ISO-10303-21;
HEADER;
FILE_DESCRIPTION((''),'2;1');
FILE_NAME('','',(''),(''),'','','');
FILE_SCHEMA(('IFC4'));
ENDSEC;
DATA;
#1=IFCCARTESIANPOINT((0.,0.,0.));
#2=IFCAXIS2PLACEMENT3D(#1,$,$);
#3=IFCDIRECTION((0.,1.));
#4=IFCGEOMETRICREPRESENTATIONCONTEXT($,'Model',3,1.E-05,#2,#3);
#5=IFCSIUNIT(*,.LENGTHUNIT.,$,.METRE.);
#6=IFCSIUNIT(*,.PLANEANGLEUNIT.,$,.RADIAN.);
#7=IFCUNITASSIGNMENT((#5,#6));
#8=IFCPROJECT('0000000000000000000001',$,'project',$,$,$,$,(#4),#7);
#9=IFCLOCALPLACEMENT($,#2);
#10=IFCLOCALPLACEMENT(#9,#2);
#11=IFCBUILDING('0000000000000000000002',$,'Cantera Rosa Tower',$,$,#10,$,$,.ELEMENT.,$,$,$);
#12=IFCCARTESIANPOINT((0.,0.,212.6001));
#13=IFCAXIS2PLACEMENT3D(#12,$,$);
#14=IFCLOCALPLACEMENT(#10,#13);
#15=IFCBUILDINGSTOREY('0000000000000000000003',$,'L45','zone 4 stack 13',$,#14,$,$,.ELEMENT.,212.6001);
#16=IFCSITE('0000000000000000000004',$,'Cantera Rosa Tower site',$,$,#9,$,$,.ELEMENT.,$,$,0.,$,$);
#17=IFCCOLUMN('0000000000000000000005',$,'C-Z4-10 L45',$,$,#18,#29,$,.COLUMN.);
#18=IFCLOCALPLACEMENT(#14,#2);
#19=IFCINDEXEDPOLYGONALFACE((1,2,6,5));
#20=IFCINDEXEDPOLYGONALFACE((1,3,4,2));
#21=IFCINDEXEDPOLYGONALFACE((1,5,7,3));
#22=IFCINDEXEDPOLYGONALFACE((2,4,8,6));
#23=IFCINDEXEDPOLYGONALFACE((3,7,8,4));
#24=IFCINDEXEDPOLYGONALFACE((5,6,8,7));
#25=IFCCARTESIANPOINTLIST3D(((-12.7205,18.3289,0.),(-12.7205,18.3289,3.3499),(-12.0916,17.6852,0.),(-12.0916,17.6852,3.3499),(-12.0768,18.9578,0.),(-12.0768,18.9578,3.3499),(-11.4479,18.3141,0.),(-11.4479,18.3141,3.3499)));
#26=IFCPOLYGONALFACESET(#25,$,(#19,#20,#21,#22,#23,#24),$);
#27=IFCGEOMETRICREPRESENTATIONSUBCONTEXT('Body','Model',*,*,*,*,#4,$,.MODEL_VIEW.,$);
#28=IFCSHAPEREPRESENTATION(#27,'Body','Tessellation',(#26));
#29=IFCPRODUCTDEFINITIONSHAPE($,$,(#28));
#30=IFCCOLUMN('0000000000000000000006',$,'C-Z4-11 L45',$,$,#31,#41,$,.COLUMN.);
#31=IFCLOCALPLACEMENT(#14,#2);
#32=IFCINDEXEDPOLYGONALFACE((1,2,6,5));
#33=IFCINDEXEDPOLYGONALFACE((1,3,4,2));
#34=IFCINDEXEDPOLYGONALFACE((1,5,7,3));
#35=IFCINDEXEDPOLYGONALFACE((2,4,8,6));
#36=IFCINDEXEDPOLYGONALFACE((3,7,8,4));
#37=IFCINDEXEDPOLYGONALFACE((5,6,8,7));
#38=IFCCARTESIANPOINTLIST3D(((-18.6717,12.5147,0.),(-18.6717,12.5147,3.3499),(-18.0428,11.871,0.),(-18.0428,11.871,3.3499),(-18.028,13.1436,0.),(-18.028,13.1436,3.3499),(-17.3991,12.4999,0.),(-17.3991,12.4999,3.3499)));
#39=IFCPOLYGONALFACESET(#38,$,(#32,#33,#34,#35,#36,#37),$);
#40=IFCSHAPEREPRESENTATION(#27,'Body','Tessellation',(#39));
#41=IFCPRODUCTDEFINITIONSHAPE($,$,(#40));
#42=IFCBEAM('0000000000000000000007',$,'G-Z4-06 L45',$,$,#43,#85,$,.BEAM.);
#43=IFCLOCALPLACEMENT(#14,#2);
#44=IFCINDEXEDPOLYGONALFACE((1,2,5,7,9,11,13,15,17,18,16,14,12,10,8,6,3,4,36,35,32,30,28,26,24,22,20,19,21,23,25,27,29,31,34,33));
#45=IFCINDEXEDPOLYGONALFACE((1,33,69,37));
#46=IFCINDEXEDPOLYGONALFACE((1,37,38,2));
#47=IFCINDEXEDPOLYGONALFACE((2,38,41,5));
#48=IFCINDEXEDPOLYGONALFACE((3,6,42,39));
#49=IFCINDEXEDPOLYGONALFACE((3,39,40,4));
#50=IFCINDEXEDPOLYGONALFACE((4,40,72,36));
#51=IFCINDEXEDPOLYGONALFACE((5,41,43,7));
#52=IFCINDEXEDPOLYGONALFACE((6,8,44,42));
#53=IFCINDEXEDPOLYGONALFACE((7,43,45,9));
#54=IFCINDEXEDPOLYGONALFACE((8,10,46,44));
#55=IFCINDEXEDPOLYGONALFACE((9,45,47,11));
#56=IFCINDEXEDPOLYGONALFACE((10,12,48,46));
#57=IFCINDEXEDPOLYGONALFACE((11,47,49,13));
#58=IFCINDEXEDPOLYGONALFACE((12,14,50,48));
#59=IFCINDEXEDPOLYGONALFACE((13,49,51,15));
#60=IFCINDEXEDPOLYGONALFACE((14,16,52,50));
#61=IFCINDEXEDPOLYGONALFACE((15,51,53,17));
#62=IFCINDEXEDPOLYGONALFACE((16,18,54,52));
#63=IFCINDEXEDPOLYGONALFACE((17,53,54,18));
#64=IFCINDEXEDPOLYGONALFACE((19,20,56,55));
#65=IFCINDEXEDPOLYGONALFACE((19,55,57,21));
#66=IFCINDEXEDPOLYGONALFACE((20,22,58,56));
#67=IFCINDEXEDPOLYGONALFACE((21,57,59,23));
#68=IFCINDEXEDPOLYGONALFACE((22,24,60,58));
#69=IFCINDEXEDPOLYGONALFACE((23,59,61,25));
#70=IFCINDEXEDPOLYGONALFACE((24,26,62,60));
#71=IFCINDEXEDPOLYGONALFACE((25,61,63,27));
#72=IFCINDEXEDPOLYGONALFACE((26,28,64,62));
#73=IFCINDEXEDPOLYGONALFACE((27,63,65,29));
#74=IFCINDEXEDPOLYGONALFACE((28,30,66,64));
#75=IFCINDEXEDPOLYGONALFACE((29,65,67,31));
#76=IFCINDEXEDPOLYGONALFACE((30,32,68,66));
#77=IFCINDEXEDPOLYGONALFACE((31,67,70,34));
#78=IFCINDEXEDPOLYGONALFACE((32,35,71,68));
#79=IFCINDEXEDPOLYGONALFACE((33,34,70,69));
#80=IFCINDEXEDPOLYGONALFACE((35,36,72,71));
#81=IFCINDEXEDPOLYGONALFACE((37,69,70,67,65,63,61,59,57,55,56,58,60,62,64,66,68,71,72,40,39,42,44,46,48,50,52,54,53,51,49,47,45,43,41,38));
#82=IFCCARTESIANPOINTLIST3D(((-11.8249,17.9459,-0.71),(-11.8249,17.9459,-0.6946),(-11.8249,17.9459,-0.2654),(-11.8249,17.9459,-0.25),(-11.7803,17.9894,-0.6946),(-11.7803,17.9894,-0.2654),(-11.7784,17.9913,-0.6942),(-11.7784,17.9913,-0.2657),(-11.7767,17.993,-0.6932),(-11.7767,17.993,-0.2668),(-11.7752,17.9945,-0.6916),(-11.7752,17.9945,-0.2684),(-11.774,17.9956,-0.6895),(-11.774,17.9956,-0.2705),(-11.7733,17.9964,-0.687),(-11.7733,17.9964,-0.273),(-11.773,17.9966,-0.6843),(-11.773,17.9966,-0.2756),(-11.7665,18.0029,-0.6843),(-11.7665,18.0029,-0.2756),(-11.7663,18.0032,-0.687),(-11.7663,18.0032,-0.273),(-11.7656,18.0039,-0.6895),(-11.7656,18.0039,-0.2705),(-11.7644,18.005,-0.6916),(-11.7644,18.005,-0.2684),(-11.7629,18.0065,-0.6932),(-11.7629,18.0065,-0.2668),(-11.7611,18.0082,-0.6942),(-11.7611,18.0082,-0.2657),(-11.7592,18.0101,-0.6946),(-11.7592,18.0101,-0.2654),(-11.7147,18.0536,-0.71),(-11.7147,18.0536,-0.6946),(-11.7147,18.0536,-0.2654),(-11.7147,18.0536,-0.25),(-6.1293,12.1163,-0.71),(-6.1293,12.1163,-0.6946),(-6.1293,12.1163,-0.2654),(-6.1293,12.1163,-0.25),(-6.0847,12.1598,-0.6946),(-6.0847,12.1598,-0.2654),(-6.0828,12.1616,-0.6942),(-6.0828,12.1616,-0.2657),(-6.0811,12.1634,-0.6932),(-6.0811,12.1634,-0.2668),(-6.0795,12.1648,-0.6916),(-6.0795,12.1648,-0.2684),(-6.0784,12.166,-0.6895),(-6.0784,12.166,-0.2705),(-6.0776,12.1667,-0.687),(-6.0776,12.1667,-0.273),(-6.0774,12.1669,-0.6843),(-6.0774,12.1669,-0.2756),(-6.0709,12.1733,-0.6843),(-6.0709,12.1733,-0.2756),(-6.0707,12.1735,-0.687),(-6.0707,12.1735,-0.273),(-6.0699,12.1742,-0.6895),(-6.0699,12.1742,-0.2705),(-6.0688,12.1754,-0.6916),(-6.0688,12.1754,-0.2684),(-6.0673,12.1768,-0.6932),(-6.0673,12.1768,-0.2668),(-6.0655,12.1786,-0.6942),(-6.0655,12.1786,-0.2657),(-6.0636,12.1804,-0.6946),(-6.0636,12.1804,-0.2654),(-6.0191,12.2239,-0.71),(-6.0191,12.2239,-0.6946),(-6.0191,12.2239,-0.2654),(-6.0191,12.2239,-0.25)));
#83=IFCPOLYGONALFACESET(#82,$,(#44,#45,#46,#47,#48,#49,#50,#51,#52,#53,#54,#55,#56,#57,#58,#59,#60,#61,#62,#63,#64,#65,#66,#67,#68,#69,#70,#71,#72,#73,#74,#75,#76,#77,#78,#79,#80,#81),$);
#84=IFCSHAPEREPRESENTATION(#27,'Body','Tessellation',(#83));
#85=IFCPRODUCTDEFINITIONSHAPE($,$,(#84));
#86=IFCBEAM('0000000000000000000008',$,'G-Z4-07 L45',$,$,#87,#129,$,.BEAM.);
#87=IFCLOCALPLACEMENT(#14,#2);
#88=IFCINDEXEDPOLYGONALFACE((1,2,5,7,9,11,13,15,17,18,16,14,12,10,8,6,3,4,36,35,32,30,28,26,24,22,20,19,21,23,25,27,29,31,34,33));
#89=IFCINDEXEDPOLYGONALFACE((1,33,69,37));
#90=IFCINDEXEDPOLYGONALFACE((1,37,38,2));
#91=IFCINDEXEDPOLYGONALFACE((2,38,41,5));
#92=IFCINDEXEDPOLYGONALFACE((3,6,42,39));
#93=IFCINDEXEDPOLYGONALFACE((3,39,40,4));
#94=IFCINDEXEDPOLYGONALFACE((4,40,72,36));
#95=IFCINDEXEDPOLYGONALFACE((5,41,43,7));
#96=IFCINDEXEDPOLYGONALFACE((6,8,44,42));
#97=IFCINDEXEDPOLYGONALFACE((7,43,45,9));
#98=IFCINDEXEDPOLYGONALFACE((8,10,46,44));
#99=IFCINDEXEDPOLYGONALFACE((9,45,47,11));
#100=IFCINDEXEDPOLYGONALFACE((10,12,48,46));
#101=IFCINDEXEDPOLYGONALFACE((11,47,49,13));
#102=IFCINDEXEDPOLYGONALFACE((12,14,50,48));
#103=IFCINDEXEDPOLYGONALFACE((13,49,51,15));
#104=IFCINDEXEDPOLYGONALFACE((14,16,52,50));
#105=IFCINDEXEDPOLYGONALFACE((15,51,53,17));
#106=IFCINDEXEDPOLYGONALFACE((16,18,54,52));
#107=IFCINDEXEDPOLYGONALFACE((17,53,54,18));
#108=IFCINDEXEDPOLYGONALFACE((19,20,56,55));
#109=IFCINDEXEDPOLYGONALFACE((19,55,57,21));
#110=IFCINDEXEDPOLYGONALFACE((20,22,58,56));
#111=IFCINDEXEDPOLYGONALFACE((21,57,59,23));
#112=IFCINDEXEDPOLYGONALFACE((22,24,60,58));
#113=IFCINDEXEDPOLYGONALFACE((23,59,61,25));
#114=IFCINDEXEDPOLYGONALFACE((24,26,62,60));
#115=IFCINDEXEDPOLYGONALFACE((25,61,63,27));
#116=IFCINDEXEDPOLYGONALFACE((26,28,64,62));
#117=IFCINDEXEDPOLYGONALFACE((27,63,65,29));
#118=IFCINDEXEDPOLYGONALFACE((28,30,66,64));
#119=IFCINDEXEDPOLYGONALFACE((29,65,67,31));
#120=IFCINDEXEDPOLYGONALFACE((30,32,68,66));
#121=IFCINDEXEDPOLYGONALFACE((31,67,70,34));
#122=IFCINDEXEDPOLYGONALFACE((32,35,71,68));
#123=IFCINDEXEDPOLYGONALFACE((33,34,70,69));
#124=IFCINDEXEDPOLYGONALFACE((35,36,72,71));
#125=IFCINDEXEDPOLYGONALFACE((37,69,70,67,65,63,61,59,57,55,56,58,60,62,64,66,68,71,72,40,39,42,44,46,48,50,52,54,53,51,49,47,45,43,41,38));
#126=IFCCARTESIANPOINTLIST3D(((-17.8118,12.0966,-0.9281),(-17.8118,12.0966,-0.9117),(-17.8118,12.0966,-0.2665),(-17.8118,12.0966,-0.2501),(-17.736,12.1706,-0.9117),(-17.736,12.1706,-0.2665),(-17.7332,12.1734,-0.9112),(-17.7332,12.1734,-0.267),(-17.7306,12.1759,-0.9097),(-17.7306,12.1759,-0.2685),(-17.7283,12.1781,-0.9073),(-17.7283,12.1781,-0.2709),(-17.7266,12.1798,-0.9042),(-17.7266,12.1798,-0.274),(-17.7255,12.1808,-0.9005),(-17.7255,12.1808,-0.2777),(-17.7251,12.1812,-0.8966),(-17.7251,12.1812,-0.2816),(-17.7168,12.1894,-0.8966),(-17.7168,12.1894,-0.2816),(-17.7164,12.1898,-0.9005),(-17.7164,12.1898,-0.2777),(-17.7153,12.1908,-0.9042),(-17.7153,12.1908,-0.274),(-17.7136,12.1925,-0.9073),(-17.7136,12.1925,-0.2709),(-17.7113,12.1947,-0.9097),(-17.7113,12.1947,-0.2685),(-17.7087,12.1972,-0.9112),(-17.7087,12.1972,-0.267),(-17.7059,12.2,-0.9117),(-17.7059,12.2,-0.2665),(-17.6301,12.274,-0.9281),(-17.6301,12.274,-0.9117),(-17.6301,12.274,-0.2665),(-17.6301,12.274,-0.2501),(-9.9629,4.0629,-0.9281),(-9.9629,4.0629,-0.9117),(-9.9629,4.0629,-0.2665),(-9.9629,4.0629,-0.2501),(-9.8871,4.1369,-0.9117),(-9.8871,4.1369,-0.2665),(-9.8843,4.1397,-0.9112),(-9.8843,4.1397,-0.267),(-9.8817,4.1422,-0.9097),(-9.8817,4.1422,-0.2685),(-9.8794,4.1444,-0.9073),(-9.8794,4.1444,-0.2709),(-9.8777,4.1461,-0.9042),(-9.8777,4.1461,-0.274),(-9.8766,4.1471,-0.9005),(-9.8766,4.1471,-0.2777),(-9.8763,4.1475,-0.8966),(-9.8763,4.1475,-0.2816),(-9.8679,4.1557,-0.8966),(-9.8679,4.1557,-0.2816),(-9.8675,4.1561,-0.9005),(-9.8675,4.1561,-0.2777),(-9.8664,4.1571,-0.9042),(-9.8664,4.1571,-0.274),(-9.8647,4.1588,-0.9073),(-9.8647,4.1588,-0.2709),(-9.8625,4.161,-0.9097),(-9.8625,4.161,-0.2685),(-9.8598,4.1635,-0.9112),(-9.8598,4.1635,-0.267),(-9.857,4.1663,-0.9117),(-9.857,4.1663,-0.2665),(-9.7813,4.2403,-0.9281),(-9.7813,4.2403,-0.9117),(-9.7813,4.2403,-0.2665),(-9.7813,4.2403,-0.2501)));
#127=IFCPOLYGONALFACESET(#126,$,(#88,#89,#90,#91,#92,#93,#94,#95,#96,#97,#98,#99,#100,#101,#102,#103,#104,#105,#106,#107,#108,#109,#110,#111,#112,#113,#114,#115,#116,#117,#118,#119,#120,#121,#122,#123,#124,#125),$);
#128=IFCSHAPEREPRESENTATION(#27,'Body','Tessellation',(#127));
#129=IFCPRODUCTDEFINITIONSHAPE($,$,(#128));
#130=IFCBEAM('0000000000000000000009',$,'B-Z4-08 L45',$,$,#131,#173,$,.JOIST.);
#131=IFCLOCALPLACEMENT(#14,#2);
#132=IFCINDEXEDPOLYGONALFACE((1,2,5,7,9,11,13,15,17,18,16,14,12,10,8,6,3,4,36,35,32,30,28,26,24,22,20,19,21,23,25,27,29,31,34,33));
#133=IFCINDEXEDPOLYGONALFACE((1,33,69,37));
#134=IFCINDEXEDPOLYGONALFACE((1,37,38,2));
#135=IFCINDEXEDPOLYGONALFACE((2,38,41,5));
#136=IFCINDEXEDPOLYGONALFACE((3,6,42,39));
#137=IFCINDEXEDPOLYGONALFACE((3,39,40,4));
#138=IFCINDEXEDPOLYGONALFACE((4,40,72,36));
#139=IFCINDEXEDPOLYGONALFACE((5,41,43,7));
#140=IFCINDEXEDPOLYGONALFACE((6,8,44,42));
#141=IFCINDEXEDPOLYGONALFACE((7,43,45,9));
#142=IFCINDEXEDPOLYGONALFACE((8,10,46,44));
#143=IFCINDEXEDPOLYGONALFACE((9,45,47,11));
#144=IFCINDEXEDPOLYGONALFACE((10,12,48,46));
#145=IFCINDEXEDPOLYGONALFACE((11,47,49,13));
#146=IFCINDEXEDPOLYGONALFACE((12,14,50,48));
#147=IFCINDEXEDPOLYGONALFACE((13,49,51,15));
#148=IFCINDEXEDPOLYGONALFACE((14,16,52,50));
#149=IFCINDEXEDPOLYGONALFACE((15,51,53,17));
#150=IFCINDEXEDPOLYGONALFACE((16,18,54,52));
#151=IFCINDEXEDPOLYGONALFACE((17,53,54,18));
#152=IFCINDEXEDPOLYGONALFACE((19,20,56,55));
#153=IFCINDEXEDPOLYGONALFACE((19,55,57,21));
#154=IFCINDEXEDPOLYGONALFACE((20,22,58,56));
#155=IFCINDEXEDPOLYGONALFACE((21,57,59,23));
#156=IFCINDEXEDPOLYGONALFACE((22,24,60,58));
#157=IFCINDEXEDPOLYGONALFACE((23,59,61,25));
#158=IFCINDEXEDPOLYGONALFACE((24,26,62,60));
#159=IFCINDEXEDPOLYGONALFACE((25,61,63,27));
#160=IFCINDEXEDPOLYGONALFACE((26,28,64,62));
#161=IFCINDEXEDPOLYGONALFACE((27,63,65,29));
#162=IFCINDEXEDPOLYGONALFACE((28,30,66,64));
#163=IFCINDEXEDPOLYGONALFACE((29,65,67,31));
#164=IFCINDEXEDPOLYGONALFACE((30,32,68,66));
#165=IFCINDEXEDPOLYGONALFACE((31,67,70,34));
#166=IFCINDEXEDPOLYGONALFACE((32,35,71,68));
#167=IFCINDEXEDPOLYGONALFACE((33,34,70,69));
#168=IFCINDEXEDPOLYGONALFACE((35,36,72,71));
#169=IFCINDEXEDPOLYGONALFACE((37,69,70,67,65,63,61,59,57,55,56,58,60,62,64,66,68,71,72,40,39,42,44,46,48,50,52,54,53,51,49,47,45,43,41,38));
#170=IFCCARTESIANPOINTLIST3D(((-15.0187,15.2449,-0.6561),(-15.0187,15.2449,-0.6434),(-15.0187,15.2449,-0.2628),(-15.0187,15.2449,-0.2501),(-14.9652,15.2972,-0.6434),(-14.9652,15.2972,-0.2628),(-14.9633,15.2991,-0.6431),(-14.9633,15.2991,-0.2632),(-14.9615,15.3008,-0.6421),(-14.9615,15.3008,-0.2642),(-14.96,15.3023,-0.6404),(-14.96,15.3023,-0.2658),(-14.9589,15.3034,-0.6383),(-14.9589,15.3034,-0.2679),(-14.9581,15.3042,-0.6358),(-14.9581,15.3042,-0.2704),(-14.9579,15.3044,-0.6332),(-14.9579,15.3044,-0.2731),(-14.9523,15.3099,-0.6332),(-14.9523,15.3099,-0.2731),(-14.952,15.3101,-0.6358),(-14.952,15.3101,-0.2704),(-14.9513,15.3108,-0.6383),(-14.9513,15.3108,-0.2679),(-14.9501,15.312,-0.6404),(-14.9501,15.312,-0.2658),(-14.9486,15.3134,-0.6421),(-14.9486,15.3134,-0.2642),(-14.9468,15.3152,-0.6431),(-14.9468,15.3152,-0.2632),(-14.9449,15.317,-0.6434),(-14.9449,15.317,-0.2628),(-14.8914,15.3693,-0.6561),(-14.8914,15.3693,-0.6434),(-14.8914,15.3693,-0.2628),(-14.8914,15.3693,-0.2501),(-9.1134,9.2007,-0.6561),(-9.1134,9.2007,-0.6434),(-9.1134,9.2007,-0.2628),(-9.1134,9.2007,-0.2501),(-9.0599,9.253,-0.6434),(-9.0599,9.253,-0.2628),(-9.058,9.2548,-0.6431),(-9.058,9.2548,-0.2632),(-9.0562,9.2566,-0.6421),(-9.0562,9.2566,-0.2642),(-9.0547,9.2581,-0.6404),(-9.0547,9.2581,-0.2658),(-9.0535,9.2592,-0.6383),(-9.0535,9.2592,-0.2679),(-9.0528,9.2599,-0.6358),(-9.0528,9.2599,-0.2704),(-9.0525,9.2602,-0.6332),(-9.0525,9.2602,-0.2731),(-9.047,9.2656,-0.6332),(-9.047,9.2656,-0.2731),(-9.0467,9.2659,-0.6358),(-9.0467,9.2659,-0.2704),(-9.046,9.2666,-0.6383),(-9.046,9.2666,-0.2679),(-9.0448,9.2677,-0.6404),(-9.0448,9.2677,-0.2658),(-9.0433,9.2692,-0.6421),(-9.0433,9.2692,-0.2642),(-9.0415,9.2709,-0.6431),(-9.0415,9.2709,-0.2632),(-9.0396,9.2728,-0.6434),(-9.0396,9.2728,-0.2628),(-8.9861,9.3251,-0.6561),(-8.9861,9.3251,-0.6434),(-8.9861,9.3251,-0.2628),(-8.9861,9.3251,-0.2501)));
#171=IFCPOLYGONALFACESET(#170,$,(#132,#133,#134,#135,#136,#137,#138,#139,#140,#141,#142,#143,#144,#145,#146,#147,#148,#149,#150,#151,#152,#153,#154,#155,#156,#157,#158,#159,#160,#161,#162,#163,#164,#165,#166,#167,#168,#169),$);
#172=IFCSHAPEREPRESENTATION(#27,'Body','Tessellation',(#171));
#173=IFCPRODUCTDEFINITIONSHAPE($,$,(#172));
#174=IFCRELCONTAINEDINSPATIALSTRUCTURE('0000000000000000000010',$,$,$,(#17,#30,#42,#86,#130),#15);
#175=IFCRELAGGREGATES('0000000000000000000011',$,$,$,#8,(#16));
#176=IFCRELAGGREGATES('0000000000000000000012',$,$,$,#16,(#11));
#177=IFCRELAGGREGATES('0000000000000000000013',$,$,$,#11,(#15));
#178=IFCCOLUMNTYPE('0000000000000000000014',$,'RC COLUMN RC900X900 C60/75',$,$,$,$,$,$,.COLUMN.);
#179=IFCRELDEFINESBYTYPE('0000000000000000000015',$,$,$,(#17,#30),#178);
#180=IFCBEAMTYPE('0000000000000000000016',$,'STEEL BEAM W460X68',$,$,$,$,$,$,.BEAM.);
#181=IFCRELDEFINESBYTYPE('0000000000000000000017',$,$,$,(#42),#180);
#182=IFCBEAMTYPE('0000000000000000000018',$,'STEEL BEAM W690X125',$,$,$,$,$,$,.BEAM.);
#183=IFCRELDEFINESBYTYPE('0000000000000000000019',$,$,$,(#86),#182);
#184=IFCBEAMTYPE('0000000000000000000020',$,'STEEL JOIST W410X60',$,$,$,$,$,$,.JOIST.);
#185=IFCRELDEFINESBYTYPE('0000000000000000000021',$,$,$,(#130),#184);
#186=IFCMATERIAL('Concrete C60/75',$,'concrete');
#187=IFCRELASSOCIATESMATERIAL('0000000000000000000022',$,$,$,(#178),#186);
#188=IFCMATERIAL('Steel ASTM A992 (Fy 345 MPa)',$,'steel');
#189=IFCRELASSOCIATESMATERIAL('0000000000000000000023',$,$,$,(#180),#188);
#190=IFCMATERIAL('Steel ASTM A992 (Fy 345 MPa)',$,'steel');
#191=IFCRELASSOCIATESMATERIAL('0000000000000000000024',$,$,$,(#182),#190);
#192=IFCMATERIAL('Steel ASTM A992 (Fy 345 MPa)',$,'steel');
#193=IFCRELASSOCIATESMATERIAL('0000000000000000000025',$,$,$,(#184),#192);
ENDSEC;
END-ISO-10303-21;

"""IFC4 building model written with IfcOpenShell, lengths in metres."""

from ifc_helpers import new_model, si_unit, direction, frame, origin, origin_2d, place, context, subcontext, project, spatial, rectangle, i_section, extrude, material, material_profile, profile_set, type_object, element, save


model = new_model("IFC4")

# Units and contexts
model_context = context("Model", 3, precision=1e-05, world=origin(), true_north=direction((0.0, 1.0)))
body_context = subcontext(model_context, "Body", "Model", "MODEL_VIEW")
ifc_project = project(units=[si_unit("LENGTHUNIT", "METRE"), si_unit("PLANEANGLEUNIT", "RADIAN")], contexts=[model_context])

# Site, building, storey
site_placement = place(None, origin())
site = spatial("IfcSite", under=ifc_project, at=site_placement, Name="Cantera Rosa Tower site", CompositionType="ELEMENT", RefElevation=0.0)
building_placement = place(site_placement, origin())
building = spatial("IfcBuilding", under=site, at=building_placement, Name="Cantera Rosa Tower", CompositionType="ELEMENT")
storey_placement = place(building_placement, frame((0.0, 0.0, 212.6001)))
storey = spatial("IfcBuildingStorey", under=building, at=storey_placement, Name="L45", Description="zone 4 stack 13", CompositionType="ELEMENT", Elevation=212.6001)

# Columns
ifc_material_1 = material(Name="Concrete C60/75", Category="concrete")
ifc_material_profile_1 = material_profile(ifc_material_1, rectangle(XDim=0.8999, YDim=0.8999, at=origin_2d()), Name="RC COLUMN RC900X900 C60/75")
ifc_profile_set_1 = profile_set([ifc_material_profile_1], Name="Concrete C60/75")
column_type = type_object("IfcColumnType", Name="RC COLUMN RC900X900 C60/75", PredefinedType="COLUMN", material=ifc_profile_set_1)
for number, where, z_axis, x_axis, name in (
    (1, (-12.0842, 18.3215, 0.0), (0.0, 0.0, 1.0), (0.715286, 0.698832, 0.0), "C-Z4-10 L45"),
    (2, (-18.0354, 12.5073, 0.0), (0.0, 0.0, 1.0), (0.715286, 0.698832, 0.0), "C-Z4-11 L45"),
):
    element("IfcColumn", number, at=place(storey_placement, frame(where, z_axis=z_axis, x_axis=x_axis)), inside=storey, type_object=column_type, Name=name, PredefinedType="COLUMN", context=body_context, shape_type="SweptSolid", body=[
        extrude(rectangle(XDim=0.8999, YDim=0.8999, at=origin_2d()), origin(), (0.0, 0.0, 1.0), 3.3499),
    ])

# Beams
ifc_material_2 = material(Name="Steel ASTM A992 (Fy 345 MPa)", Category="steel")
ifc_material_profile_2 = material_profile(ifc_material_2, i_section(OverallWidth=0.1541, OverallDepth=0.46, WebThickness=0.009, FlangeThickness=0.0154, FilletRadius=0.0103, at=origin_2d()), Name="W460X68")
ifc_profile_set_2 = profile_set([ifc_material_profile_2], Name="Steel ASTM A992 (Fy 345 MPa)")
beam_type_1 = type_object("IfcBeamType", Name="STEEL BEAM W460X68", PredefinedType="BEAM", material=ifc_profile_set_2)
beam_1_placement = place(storey_placement, frame((-11.7698, 17.9998, -0.48), z_axis=(0.698836, -0.715282, 0.0), x_axis=(0.715282, 0.698836, 0.0)))
element("IfcBeam", 3, at=beam_1_placement, inside=storey, type_object=beam_type_1, Name="G-Z4-06 L45", PredefinedType="BEAM", context=body_context, shape_type="SweptSolid", body=[
    extrude(i_section(OverallWidth=0.1541, OverallDepth=0.46, WebThickness=0.009, FlangeThickness=0.0154, FilletRadius=0.0103, at=origin_2d()), origin(), (0.0, 0.0, 1.0), 8.1501),
])
ifc_material_3 = material(Name="Steel ASTM A992 (Fy 345 MPa)", Category="steel")
ifc_material_profile_3 = material_profile(ifc_material_3, i_section(OverallWidth=0.2539, OverallDepth=0.678, WebThickness=0.0117, FlangeThickness=0.0164, FilletRadius=0.0151, at=origin_2d()), Name="W690X125")
ifc_profile_set_3 = profile_set([ifc_material_profile_3], Name="Steel ASTM A992 (Fy 345 MPa)")
beam_type_2 = type_object("IfcBeamType", Name="STEEL BEAM W690X125", PredefinedType="BEAM", material=ifc_profile_set_3)
beam_2_placement = place(storey_placement, frame((-17.7209, 12.1853, -0.5891), z_axis=(0.698831, -0.715286, 0.0), x_axis=(0.715286, 0.698831, 0.0)))
element("IfcBeam", 4, at=beam_2_placement, inside=storey, type_object=beam_type_2, Name="G-Z4-07 L45", PredefinedType="BEAM", context=body_context, shape_type="SweptSolid", body=[
    extrude(i_section(OverallWidth=0.2539, OverallDepth=0.678, WebThickness=0.0117, FlangeThickness=0.0164, FilletRadius=0.0151, at=origin_2d()), origin(), (0.0, 0.0, 1.0), 11.2314),
])
ifc_material_4 = material(Name="Steel ASTM A992 (Fy 345 MPa)", Category="steel")
ifc_material_profile_4 = material_profile(ifc_material_4, i_section(OverallWidth=0.178, OverallDepth=0.406, WebThickness=0.0078, FlangeThickness=0.0127, FilletRadius=0.0103, at=origin_2d()), Name="W410X60")
ifc_profile_set_4 = profile_set([ifc_material_profile_4], Name="Steel ASTM A992 (Fy 345 MPa)")
beam_type_3 = type_object("IfcBeamType", Name="STEEL JOIST W410X60", PredefinedType="JOIST", material=ifc_profile_set_4)
beam_3_placement = place(storey_placement, frame((-14.9551, 15.3071, -0.4531), z_axis=(0.698839, -0.715279, 0.0), x_axis=(0.715279, 0.698839, 0.0)))
element("IfcBeam", 5, at=beam_3_placement, inside=storey, type_object=beam_type_3, Name="B-Z4-08 L45", PredefinedType="JOIST", context=body_context, shape_type="SweptSolid", body=[
    extrude(i_section(OverallWidth=0.178, OverallDepth=0.406, WebThickness=0.0078, FlangeThickness=0.0127, FilletRadius=0.0103, at=origin_2d()), origin(), (0.0, 0.0, 1.0), 8.4502),
])

save(model, "model.ifc")
